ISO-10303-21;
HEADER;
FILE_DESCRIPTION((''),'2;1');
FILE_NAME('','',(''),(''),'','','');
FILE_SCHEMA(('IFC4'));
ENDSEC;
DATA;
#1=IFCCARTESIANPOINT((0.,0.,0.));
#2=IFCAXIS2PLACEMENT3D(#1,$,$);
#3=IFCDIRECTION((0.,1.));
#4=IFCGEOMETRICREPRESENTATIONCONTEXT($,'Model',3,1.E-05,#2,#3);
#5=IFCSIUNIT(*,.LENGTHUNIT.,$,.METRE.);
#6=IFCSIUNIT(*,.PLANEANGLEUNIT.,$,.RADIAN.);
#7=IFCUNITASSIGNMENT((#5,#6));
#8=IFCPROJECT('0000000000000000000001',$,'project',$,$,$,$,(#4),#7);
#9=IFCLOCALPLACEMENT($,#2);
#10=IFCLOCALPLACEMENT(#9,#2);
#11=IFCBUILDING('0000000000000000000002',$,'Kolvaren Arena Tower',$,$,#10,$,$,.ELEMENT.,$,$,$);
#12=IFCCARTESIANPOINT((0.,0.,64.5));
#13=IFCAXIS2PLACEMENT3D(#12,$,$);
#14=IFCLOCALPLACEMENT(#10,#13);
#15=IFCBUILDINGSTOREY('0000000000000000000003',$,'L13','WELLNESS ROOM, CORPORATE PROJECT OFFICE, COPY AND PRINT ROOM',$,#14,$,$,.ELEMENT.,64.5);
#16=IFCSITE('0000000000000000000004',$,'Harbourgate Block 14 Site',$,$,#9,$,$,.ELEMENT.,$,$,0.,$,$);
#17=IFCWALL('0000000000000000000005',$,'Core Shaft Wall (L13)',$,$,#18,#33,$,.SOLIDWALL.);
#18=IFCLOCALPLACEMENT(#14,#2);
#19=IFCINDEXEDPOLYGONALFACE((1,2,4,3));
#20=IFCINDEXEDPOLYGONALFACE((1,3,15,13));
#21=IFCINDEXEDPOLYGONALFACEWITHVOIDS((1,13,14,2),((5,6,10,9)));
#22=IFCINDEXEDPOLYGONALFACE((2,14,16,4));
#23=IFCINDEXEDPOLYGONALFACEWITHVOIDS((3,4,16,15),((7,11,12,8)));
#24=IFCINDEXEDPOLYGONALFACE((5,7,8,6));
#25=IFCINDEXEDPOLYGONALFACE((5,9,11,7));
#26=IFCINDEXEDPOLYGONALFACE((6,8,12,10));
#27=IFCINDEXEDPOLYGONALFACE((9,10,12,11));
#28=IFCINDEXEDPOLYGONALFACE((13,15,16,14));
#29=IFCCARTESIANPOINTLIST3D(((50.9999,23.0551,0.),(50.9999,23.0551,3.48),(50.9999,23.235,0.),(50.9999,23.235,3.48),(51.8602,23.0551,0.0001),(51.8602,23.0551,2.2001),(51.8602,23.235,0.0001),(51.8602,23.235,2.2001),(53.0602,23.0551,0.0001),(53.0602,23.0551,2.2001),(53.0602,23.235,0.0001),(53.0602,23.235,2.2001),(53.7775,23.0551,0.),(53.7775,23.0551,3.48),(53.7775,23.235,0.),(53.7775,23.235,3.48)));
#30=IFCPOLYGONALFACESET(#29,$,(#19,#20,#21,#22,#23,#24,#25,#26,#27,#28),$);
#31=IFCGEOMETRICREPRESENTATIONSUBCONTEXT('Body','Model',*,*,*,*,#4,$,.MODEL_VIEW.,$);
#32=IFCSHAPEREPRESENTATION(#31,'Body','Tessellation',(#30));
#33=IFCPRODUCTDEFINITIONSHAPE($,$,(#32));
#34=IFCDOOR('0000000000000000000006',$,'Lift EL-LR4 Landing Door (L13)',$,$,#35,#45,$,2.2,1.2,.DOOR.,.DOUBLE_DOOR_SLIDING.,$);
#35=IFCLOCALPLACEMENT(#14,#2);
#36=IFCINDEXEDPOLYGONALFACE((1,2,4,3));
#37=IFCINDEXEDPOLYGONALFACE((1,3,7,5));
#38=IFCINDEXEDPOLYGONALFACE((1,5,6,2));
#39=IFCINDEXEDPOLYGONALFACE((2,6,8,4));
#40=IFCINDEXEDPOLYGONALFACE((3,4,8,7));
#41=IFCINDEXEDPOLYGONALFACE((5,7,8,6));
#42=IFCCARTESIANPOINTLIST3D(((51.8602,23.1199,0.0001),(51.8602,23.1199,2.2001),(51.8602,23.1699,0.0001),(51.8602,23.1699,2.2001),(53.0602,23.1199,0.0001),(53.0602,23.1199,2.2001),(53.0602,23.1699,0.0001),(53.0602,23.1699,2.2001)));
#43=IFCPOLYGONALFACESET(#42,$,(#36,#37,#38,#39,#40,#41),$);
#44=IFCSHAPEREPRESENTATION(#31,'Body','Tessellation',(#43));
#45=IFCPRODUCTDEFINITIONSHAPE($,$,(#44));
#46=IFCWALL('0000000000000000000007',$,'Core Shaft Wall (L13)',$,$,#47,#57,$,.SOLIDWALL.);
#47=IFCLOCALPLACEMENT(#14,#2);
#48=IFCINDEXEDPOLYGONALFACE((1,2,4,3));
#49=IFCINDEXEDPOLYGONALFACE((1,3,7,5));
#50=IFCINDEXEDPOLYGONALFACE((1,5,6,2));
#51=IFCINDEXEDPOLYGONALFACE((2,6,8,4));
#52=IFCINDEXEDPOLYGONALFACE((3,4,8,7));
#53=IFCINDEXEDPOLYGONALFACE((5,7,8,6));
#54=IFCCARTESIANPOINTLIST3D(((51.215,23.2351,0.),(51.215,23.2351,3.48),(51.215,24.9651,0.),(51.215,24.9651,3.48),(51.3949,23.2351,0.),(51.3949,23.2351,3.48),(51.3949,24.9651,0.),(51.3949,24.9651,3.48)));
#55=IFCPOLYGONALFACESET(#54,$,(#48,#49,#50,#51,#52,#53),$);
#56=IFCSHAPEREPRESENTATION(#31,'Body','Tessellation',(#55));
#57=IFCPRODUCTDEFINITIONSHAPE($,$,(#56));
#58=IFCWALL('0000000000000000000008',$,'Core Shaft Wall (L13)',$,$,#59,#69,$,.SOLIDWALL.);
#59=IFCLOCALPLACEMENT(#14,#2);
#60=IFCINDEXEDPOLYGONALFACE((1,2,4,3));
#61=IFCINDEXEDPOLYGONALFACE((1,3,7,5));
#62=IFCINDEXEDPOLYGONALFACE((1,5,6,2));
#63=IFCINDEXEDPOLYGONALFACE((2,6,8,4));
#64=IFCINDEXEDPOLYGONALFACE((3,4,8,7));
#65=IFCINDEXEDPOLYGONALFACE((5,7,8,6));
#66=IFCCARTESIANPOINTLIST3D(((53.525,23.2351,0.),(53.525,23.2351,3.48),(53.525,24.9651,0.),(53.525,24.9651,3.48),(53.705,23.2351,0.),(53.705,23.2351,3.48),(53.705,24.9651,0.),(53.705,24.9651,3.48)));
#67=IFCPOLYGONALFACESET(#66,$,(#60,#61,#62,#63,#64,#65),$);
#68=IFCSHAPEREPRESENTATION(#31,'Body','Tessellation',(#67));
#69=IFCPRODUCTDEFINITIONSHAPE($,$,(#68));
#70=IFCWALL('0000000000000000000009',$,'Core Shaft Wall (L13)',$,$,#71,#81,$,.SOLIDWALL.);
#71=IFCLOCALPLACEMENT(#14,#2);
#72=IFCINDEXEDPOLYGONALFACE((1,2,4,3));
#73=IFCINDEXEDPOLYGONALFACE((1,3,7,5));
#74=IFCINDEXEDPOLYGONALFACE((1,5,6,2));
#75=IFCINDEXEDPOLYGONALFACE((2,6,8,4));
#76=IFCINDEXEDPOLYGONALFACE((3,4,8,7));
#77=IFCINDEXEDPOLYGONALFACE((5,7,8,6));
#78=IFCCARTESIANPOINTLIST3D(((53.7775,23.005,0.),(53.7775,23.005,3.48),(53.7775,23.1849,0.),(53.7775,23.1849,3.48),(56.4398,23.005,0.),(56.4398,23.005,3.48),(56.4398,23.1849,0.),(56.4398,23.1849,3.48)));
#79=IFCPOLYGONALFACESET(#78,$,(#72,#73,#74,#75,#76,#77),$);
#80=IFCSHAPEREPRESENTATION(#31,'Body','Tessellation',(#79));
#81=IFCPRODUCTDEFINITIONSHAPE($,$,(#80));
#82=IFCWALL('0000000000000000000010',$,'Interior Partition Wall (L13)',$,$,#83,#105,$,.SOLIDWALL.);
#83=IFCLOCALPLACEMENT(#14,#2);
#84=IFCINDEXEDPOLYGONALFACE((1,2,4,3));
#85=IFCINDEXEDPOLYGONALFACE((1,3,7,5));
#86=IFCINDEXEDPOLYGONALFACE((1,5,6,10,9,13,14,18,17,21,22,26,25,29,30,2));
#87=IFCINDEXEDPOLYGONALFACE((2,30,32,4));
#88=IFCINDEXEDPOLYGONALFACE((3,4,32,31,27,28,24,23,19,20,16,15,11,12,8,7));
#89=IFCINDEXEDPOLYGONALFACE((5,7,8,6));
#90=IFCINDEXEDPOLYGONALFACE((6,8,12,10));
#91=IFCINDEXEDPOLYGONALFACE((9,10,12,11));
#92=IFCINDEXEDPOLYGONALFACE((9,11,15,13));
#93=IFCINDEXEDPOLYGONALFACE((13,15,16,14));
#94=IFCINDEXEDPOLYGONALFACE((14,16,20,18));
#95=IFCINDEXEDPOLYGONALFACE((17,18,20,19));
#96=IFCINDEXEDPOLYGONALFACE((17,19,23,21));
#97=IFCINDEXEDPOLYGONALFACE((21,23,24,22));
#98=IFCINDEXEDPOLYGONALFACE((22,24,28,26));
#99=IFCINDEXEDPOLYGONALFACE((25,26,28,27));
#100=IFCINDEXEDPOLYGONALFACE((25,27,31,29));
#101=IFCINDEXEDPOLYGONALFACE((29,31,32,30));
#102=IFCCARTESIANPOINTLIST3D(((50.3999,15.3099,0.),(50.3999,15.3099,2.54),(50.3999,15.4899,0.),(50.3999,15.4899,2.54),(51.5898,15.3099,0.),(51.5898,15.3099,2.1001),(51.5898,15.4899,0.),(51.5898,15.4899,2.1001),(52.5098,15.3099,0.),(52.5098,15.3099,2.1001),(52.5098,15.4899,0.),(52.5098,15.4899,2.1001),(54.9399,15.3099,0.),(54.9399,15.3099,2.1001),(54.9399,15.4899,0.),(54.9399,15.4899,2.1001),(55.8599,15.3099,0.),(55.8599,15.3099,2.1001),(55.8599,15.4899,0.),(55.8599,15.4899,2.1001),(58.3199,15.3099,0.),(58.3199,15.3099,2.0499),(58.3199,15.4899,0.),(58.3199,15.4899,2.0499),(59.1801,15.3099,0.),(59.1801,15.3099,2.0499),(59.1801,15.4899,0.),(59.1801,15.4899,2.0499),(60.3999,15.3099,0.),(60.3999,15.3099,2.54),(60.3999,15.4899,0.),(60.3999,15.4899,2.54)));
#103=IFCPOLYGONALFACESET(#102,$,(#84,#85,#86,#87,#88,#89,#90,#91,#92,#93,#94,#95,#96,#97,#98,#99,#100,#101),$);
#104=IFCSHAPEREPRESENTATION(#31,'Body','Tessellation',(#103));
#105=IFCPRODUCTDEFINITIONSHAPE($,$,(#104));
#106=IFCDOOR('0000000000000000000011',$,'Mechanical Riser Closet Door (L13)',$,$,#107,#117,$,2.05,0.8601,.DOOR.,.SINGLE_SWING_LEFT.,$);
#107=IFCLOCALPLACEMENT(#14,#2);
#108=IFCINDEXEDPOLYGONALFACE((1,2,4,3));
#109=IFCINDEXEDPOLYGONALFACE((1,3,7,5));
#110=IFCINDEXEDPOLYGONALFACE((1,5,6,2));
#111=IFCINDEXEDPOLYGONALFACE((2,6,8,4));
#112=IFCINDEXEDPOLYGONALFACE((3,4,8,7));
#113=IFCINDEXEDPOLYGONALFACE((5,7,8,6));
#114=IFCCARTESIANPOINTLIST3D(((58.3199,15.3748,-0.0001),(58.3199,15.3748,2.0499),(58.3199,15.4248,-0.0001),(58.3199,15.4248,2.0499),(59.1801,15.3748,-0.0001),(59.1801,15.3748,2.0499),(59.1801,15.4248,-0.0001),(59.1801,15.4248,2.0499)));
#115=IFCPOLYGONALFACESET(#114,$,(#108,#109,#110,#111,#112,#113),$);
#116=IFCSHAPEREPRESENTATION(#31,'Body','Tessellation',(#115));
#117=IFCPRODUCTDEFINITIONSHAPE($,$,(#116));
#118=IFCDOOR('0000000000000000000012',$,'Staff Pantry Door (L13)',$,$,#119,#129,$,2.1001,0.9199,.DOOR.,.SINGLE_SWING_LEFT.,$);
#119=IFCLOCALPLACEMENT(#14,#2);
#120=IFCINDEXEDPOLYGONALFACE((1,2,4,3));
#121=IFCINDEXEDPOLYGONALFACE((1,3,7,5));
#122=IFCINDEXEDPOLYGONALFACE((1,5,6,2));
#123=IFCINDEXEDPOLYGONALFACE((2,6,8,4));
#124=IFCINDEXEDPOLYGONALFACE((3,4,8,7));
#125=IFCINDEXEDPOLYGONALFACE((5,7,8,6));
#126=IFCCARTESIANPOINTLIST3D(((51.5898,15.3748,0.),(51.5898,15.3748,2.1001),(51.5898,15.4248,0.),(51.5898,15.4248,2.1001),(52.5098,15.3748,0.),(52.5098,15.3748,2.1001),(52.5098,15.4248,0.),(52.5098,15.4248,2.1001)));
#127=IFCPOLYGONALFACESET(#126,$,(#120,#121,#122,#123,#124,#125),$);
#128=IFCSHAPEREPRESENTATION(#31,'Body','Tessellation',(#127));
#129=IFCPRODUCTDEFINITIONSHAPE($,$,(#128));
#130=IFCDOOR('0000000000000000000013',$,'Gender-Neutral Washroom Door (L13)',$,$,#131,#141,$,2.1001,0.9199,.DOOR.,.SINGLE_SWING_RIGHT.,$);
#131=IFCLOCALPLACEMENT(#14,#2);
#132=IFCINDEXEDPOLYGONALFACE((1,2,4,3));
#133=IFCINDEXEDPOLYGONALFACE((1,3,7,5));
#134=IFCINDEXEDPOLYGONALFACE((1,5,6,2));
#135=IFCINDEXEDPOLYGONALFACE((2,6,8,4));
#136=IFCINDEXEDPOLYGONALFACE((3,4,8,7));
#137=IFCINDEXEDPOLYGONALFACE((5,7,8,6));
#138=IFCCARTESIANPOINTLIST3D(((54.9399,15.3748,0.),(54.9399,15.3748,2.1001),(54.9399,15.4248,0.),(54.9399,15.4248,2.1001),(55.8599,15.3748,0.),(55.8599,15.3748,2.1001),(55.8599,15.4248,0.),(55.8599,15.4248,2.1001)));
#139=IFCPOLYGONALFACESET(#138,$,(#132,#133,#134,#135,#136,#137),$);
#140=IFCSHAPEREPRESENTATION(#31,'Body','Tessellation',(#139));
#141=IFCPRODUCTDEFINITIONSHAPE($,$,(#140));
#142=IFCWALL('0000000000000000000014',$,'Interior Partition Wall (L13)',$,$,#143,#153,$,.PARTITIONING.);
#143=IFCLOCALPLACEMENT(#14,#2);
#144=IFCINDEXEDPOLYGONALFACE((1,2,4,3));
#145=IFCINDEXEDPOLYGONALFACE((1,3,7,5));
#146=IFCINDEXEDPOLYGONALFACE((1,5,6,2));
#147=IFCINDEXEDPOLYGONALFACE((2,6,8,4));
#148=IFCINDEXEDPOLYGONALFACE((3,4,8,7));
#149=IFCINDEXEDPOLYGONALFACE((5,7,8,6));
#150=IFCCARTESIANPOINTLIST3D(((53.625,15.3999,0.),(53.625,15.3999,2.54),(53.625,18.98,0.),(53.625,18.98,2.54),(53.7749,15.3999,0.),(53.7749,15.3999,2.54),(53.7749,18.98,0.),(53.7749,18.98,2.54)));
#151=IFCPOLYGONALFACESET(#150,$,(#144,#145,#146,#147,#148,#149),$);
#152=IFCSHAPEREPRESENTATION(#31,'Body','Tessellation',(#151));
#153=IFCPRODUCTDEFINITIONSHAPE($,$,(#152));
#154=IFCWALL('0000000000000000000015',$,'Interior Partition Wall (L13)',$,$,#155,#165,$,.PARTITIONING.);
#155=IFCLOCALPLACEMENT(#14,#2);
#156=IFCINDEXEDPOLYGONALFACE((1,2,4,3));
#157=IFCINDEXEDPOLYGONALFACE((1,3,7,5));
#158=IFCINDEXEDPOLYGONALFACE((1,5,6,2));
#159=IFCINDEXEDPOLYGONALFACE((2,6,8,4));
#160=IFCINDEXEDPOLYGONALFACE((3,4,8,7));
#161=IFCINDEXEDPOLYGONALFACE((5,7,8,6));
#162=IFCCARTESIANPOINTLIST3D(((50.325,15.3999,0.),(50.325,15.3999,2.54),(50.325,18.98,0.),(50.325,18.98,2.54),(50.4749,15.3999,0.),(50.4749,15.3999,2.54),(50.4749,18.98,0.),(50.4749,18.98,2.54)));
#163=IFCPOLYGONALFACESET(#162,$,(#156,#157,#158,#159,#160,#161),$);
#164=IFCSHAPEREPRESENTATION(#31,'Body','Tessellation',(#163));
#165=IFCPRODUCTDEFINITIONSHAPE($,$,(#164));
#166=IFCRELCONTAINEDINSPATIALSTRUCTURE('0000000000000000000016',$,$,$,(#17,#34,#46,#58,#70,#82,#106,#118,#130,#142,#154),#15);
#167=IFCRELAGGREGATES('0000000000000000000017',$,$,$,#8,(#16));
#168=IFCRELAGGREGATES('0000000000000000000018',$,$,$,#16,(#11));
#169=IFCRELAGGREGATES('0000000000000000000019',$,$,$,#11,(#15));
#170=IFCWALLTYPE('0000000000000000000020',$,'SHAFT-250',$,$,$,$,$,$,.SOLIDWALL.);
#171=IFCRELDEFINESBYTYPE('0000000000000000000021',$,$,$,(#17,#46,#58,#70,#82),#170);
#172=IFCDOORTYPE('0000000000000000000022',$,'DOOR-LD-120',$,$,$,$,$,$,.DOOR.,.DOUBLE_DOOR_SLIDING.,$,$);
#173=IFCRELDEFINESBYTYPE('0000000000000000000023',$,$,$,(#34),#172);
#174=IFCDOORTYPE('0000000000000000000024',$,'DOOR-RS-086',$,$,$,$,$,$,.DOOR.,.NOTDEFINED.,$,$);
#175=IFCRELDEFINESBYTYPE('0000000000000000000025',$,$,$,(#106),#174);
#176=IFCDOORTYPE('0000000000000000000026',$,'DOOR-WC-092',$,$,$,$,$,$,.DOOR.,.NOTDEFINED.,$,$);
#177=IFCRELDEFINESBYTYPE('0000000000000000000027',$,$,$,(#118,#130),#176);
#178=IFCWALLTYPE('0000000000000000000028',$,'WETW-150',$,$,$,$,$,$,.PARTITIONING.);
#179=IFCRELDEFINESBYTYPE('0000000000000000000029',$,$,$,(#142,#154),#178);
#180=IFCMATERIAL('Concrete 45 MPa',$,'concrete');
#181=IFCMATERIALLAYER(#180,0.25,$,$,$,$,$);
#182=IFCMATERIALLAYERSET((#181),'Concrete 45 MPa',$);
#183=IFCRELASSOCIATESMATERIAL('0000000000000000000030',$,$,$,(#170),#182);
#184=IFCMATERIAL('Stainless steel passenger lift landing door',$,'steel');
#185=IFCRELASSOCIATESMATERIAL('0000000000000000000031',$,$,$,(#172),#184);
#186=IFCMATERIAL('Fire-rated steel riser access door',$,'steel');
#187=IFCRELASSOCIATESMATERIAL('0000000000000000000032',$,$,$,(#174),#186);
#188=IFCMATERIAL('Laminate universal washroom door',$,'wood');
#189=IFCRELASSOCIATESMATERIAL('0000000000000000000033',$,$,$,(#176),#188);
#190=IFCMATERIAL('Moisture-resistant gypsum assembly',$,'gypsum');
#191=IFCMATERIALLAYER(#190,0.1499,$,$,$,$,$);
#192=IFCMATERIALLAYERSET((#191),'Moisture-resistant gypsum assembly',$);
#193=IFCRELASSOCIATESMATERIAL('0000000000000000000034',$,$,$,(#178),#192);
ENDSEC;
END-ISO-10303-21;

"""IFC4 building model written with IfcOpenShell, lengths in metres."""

from ifc_helpers import new_model, si_unit, direction, frame, frame_2d, origin, place, context, subcontext, project, spatial, rectangle, extrude, material, layer, layer_set, type_object, element, fill, save


model = new_model("IFC4")

# Units and contexts
model_context = context("Model", 3, precision=1e-05, world=origin(), true_north=direction((0.0, 1.0)))
body_context = subcontext(model_context, "Body", "Model", "MODEL_VIEW")
ifc_project = project(units=[si_unit("LENGTHUNIT", "METRE"), si_unit("PLANEANGLEUNIT", "RADIAN")], contexts=[model_context])

# Site, building, storey
site_placement = place(None, origin())
site = spatial("IfcSite", under=ifc_project, at=site_placement, Name="Harbourgate Block 14 Site", CompositionType="ELEMENT", RefElevation=0.0)
building_placement = place(site_placement, origin())
building = spatial("IfcBuilding", under=site, at=building_placement, Name="Kolvaren Arena Tower", CompositionType="ELEMENT")
storey_placement = place(building_placement, frame((0.0, 0.0, 64.5)))
storey = spatial("IfcBuildingStorey", under=building, at=storey_placement, Name="L13", Description="WELLNESS ROOM, CORPORATE PROJECT OFFICE, COPY AND PRINT ROOM", CompositionType="ELEMENT", Elevation=64.5)

# Shared definitions
ifc_material_1 = material(Name="Concrete 45 MPa", Category="concrete")
ifc_layer_1 = layer(ifc_material_1, 0.25)
ifc_layer_set_1 = layer_set([ifc_layer_1], Name="Concrete 45 MPa")
wall_type_1 = type_object("IfcWallType", Name="SHAFT-250", PredefinedType="SOLIDWALL", material=ifc_layer_set_1)
ifc_material_2 = material(Name="Stainless steel passenger lift landing door", Category="steel")
door_type_1 = type_object("IfcDoorType", Name="DOOR-LD-120", OperationType="DOUBLE_DOOR_SLIDING", PredefinedType="DOOR", material=ifc_material_2)

# Wall, opening, door
wall_1_placement = place(storey_placement, frame((51.0, 23.145, 0.0), z_axis=(0.0, 0.0, 1.0), x_axis=(1.0, 0.0, 0.0)))
wall_1 = element("IfcWall", 1, at=wall_1_placement, inside=storey, type_object=wall_type_1, Name="Core Shaft Wall (L13)", PredefinedType="SOLIDWALL", context=body_context, shape_type="SweptSolid", body=[
    extrude(rectangle(XDim=2.7776, YDim=0.1799, at=frame_2d((1.3887, 0.0))), origin(), (0.0, 0.0, 1.0), 3.48),
])
opening_1_placement = place(wall_1_placement, frame((0.8601, 0.0, 0.0)))
opening_1 = element("IfcOpeningElement", 2, at=opening_1_placement, cuts=wall_1, PredefinedType="OPENING", context=body_context, shape_type="SweptSolid", body=[
    extrude(rectangle(XDim=1.2, YDim=2.2, at=frame_2d((0.6001, 1.1001))), frame((0.0, 0.0999, 0.0), z_axis=(0.0, -1.0, 0.0), x_axis=(1.0, 0.0, 0.0)), (0.0, 0.0, 1.0), 0.2),
])
door_1_placement = place(opening_1_placement, origin())
door_1 = element("IfcDoor", 3, at=door_1_placement, inside=storey, type_object=door_type_1, Name="Lift EL-LR4 Landing Door (L13)", OperationType="DOUBLE_DOOR_SLIDING", OverallHeight=2.2, OverallWidth=1.2, PredefinedType="DOOR", context=body_context, shape_type="SweptSolid", body=[
    extrude(rectangle(XDim=1.2, YDim=2.2, at=frame_2d((0.6001, 1.1001))), frame((0.0, 0.0249, 0.0), z_axis=(0.0, -1.0, 0.0), x_axis=(1.0, 0.0, 0.0)), (0.0, 0.0, 1.0), 0.05),
])
fill(opening_1, door_1)

# Walls
for number, where, z_axis, x_axis, name in (
    (4, (51.3049, 23.2351, 0.0), (0.0, 0.0, 1.0), (0.0, 1.0, 0.0), "Core Shaft Wall (L13)"),
    (5, (53.615, 23.2351, 0.0), (0.0, 0.0, 1.0), (0.0, 1.0, 0.0), "Core Shaft Wall (L13)"),
):
    element("IfcWall", number, at=place(storey_placement, frame(where, z_axis=z_axis, x_axis=x_axis)), inside=storey, type_object=wall_type_1, Name=name, PredefinedType="SOLIDWALL", context=body_context, shape_type="SweptSolid", body=[
        extrude(rectangle(XDim=1.73, YDim=0.1799, at=frame_2d((0.865, 0.0))), origin(), (0.0, 0.0, 1.0), 3.48),
    ])
wall_2_placement = place(storey_placement, frame((53.7776, 23.095, 0.0), z_axis=(0.0, 0.0, 1.0), x_axis=(1.0, 0.0, 0.0)))
element("IfcWall", 6, at=wall_2_placement, inside=storey, type_object=wall_type_1, Name="Core Shaft Wall (L13)", PredefinedType="SOLIDWALL", context=body_context, shape_type="SweptSolid", body=[
    extrude(rectangle(XDim=2.6624, YDim=0.1799, at=frame_2d((1.3311, 0.0))), origin(), (0.0, 0.0, 1.0), 3.48),
])

# Wall, openings, doors
wall_3_placement = place(storey_placement, frame((50.3999, 15.3999, 0.0), z_axis=(0.0, 0.0, 1.0), x_axis=(1.0, 0.0, 0.0)))
wall_3 = element("IfcWall", 7, at=wall_3_placement, inside=storey, type_object=wall_type_1, Name="Interior Partition Wall (L13)", PredefinedType="SOLIDWALL", context=body_context, shape_type="SweptSolid", body=[
    extrude(rectangle(XDim=10.0, YDim=0.1799, at=frame_2d((5.0, 0.0))), origin(), (0.0, 0.0, 1.0), 2.54),
])
opening_2_placement = place(wall_3_placement, frame((1.1899, 0.0, 0.0)))
opening_2 = element("IfcOpeningElement", 8, at=opening_2_placement, cuts=wall_3, PredefinedType="OPENING", context=body_context, shape_type="SweptSolid", body=[
    extrude(rectangle(XDim=0.9199, YDim=2.1001, at=frame_2d((0.46, 1.05))), frame((0.0, 0.0999, 0.0), z_axis=(0.0, -1.0, 0.0), x_axis=(1.0, 0.0, 0.0)), (0.0, 0.0, 1.0), 0.2),
])
opening_3_placement = place(wall_3_placement, frame((4.54, 0.0, 0.0)))
opening_3 = element("IfcOpeningElement", 9, at=opening_3_placement, cuts=wall_3, PredefinedType="OPENING", context=body_context, shape_type="SweptSolid", body=[
    extrude(rectangle(XDim=0.9199, YDim=2.1001, at=frame_2d((0.46, 1.05))), frame((0.0, 0.0999, 0.0), z_axis=(0.0, -1.0, 0.0), x_axis=(1.0, 0.0, 0.0)), (0.0, 0.0, 1.0), 0.2),
])
opening_4_placement = place(wall_3_placement, frame((7.9199, 0.0, 0.0)))
opening_4 = element("IfcOpeningElement", 10, at=opening_4_placement, cuts=wall_3, PredefinedType="OPENING", context=body_context, shape_type="SweptSolid", body=[
    extrude(rectangle(XDim=0.8601, YDim=2.05, at=frame_2d((0.4302, 1.0249))), frame((0.0, 0.0999, 0.0), z_axis=(0.0, -1.0, 0.0), x_axis=(1.0, 0.0, 0.0)), (0.0, 0.0, 1.0), 0.2),
])
ifc_material_3 = material(Name="Fire-rated steel riser access door", Category="steel")
door_type_2 = type_object("IfcDoorType", Name="DOOR-RS-086", OperationType="NOTDEFINED", PredefinedType="DOOR", material=ifc_material_3)
door_2_placement = place(opening_4_placement, origin())
door_2 = element("IfcDoor", 11, at=door_2_placement, inside=storey, type_object=door_type_2, Name="Mechanical Riser Closet Door (L13)", OperationType="SINGLE_SWING_LEFT", OverallHeight=2.05, OverallWidth=0.8601, PredefinedType="DOOR", context=body_context, shape_type="SweptSolid", body=[
    extrude(rectangle(XDim=0.8601, YDim=2.05, at=frame_2d((0.4302, 1.0249))), frame((0.0, 0.0249, 0.0), z_axis=(0.0, -1.0, 0.0), x_axis=(1.0, 0.0, 0.0)), (0.0, 0.0, 1.0), 0.05),
])
fill(opening_4, door_2)
ifc_material_4 = material(Name="Laminate universal washroom door", Category="wood")
door_type_3 = type_object("IfcDoorType", Name="DOOR-WC-092", OperationType="NOTDEFINED", PredefinedType="DOOR", material=ifc_material_4)
door_3_placement = place(opening_2_placement, origin())
door_3 = element("IfcDoor", 12, at=door_3_placement, inside=storey, type_object=door_type_3, Name="Staff Pantry Door (L13)", OperationType="SINGLE_SWING_LEFT", OverallHeight=2.1001, OverallWidth=0.9199, PredefinedType="DOOR", context=body_context, shape_type="SweptSolid", body=[
    extrude(rectangle(XDim=0.9199, YDim=2.1001, at=frame_2d((0.46, 1.05))), frame((0.0, 0.0249, 0.0), z_axis=(0.0, -1.0, 0.0), x_axis=(1.0, 0.0, 0.0)), (0.0, 0.0, 1.0), 0.05),
])
fill(opening_2, door_3)
door_4_placement = place(opening_3_placement, origin())
door_4 = element("IfcDoor", 13, at=door_4_placement, inside=storey, type_object=door_type_3, Name="Gender-Neutral Washroom Door (L13)", OperationType="SINGLE_SWING_RIGHT", OverallHeight=2.1001, OverallWidth=0.9199, PredefinedType="DOOR", context=body_context, shape_type="SweptSolid", body=[
    extrude(rectangle(XDim=0.9199, YDim=2.1001, at=frame_2d((0.46, 1.05))), frame((0.0, 0.0249, 0.0), z_axis=(0.0, -1.0, 0.0), x_axis=(1.0, 0.0, 0.0)), (0.0, 0.0, 1.0), 0.05),
])
fill(opening_3, door_4)

# Walls
ifc_material_5 = material(Name="Moisture-resistant gypsum assembly", Category="gypsum")
ifc_layer_2 = layer(ifc_material_5, 0.1499)
ifc_layer_set_2 = layer_set([ifc_layer_2], Name="Moisture-resistant gypsum assembly")
wall_type_2 = type_object("IfcWallType", Name="WETW-150", PredefinedType="PARTITIONING", material=ifc_layer_set_2)
for number, where, z_axis, x_axis, name in (
    (14, (53.7, 15.3999, 0.0), (0.0, 0.0, 1.0), (0.0, 1.0, 0.0), "Interior Partition Wall (L13)"),
    (15, (50.3999, 15.3999, 0.0), (0.0, 0.0, 1.0), (0.0, 1.0, 0.0), "Interior Partition Wall (L13)"),
):
    element("IfcWall", number, at=place(storey_placement, frame(where, z_axis=z_axis, x_axis=x_axis)), inside=storey, type_object=wall_type_2, Name=name, PredefinedType="PARTITIONING", context=body_context, shape_type="SweptSolid", body=[
        extrude(rectangle(XDim=3.5801, YDim=0.1499, at=frame_2d((1.79, 0.0))), origin(), (0.0, 0.0, 1.0), 2.54),
    ])

save(model, "model.ifc")
